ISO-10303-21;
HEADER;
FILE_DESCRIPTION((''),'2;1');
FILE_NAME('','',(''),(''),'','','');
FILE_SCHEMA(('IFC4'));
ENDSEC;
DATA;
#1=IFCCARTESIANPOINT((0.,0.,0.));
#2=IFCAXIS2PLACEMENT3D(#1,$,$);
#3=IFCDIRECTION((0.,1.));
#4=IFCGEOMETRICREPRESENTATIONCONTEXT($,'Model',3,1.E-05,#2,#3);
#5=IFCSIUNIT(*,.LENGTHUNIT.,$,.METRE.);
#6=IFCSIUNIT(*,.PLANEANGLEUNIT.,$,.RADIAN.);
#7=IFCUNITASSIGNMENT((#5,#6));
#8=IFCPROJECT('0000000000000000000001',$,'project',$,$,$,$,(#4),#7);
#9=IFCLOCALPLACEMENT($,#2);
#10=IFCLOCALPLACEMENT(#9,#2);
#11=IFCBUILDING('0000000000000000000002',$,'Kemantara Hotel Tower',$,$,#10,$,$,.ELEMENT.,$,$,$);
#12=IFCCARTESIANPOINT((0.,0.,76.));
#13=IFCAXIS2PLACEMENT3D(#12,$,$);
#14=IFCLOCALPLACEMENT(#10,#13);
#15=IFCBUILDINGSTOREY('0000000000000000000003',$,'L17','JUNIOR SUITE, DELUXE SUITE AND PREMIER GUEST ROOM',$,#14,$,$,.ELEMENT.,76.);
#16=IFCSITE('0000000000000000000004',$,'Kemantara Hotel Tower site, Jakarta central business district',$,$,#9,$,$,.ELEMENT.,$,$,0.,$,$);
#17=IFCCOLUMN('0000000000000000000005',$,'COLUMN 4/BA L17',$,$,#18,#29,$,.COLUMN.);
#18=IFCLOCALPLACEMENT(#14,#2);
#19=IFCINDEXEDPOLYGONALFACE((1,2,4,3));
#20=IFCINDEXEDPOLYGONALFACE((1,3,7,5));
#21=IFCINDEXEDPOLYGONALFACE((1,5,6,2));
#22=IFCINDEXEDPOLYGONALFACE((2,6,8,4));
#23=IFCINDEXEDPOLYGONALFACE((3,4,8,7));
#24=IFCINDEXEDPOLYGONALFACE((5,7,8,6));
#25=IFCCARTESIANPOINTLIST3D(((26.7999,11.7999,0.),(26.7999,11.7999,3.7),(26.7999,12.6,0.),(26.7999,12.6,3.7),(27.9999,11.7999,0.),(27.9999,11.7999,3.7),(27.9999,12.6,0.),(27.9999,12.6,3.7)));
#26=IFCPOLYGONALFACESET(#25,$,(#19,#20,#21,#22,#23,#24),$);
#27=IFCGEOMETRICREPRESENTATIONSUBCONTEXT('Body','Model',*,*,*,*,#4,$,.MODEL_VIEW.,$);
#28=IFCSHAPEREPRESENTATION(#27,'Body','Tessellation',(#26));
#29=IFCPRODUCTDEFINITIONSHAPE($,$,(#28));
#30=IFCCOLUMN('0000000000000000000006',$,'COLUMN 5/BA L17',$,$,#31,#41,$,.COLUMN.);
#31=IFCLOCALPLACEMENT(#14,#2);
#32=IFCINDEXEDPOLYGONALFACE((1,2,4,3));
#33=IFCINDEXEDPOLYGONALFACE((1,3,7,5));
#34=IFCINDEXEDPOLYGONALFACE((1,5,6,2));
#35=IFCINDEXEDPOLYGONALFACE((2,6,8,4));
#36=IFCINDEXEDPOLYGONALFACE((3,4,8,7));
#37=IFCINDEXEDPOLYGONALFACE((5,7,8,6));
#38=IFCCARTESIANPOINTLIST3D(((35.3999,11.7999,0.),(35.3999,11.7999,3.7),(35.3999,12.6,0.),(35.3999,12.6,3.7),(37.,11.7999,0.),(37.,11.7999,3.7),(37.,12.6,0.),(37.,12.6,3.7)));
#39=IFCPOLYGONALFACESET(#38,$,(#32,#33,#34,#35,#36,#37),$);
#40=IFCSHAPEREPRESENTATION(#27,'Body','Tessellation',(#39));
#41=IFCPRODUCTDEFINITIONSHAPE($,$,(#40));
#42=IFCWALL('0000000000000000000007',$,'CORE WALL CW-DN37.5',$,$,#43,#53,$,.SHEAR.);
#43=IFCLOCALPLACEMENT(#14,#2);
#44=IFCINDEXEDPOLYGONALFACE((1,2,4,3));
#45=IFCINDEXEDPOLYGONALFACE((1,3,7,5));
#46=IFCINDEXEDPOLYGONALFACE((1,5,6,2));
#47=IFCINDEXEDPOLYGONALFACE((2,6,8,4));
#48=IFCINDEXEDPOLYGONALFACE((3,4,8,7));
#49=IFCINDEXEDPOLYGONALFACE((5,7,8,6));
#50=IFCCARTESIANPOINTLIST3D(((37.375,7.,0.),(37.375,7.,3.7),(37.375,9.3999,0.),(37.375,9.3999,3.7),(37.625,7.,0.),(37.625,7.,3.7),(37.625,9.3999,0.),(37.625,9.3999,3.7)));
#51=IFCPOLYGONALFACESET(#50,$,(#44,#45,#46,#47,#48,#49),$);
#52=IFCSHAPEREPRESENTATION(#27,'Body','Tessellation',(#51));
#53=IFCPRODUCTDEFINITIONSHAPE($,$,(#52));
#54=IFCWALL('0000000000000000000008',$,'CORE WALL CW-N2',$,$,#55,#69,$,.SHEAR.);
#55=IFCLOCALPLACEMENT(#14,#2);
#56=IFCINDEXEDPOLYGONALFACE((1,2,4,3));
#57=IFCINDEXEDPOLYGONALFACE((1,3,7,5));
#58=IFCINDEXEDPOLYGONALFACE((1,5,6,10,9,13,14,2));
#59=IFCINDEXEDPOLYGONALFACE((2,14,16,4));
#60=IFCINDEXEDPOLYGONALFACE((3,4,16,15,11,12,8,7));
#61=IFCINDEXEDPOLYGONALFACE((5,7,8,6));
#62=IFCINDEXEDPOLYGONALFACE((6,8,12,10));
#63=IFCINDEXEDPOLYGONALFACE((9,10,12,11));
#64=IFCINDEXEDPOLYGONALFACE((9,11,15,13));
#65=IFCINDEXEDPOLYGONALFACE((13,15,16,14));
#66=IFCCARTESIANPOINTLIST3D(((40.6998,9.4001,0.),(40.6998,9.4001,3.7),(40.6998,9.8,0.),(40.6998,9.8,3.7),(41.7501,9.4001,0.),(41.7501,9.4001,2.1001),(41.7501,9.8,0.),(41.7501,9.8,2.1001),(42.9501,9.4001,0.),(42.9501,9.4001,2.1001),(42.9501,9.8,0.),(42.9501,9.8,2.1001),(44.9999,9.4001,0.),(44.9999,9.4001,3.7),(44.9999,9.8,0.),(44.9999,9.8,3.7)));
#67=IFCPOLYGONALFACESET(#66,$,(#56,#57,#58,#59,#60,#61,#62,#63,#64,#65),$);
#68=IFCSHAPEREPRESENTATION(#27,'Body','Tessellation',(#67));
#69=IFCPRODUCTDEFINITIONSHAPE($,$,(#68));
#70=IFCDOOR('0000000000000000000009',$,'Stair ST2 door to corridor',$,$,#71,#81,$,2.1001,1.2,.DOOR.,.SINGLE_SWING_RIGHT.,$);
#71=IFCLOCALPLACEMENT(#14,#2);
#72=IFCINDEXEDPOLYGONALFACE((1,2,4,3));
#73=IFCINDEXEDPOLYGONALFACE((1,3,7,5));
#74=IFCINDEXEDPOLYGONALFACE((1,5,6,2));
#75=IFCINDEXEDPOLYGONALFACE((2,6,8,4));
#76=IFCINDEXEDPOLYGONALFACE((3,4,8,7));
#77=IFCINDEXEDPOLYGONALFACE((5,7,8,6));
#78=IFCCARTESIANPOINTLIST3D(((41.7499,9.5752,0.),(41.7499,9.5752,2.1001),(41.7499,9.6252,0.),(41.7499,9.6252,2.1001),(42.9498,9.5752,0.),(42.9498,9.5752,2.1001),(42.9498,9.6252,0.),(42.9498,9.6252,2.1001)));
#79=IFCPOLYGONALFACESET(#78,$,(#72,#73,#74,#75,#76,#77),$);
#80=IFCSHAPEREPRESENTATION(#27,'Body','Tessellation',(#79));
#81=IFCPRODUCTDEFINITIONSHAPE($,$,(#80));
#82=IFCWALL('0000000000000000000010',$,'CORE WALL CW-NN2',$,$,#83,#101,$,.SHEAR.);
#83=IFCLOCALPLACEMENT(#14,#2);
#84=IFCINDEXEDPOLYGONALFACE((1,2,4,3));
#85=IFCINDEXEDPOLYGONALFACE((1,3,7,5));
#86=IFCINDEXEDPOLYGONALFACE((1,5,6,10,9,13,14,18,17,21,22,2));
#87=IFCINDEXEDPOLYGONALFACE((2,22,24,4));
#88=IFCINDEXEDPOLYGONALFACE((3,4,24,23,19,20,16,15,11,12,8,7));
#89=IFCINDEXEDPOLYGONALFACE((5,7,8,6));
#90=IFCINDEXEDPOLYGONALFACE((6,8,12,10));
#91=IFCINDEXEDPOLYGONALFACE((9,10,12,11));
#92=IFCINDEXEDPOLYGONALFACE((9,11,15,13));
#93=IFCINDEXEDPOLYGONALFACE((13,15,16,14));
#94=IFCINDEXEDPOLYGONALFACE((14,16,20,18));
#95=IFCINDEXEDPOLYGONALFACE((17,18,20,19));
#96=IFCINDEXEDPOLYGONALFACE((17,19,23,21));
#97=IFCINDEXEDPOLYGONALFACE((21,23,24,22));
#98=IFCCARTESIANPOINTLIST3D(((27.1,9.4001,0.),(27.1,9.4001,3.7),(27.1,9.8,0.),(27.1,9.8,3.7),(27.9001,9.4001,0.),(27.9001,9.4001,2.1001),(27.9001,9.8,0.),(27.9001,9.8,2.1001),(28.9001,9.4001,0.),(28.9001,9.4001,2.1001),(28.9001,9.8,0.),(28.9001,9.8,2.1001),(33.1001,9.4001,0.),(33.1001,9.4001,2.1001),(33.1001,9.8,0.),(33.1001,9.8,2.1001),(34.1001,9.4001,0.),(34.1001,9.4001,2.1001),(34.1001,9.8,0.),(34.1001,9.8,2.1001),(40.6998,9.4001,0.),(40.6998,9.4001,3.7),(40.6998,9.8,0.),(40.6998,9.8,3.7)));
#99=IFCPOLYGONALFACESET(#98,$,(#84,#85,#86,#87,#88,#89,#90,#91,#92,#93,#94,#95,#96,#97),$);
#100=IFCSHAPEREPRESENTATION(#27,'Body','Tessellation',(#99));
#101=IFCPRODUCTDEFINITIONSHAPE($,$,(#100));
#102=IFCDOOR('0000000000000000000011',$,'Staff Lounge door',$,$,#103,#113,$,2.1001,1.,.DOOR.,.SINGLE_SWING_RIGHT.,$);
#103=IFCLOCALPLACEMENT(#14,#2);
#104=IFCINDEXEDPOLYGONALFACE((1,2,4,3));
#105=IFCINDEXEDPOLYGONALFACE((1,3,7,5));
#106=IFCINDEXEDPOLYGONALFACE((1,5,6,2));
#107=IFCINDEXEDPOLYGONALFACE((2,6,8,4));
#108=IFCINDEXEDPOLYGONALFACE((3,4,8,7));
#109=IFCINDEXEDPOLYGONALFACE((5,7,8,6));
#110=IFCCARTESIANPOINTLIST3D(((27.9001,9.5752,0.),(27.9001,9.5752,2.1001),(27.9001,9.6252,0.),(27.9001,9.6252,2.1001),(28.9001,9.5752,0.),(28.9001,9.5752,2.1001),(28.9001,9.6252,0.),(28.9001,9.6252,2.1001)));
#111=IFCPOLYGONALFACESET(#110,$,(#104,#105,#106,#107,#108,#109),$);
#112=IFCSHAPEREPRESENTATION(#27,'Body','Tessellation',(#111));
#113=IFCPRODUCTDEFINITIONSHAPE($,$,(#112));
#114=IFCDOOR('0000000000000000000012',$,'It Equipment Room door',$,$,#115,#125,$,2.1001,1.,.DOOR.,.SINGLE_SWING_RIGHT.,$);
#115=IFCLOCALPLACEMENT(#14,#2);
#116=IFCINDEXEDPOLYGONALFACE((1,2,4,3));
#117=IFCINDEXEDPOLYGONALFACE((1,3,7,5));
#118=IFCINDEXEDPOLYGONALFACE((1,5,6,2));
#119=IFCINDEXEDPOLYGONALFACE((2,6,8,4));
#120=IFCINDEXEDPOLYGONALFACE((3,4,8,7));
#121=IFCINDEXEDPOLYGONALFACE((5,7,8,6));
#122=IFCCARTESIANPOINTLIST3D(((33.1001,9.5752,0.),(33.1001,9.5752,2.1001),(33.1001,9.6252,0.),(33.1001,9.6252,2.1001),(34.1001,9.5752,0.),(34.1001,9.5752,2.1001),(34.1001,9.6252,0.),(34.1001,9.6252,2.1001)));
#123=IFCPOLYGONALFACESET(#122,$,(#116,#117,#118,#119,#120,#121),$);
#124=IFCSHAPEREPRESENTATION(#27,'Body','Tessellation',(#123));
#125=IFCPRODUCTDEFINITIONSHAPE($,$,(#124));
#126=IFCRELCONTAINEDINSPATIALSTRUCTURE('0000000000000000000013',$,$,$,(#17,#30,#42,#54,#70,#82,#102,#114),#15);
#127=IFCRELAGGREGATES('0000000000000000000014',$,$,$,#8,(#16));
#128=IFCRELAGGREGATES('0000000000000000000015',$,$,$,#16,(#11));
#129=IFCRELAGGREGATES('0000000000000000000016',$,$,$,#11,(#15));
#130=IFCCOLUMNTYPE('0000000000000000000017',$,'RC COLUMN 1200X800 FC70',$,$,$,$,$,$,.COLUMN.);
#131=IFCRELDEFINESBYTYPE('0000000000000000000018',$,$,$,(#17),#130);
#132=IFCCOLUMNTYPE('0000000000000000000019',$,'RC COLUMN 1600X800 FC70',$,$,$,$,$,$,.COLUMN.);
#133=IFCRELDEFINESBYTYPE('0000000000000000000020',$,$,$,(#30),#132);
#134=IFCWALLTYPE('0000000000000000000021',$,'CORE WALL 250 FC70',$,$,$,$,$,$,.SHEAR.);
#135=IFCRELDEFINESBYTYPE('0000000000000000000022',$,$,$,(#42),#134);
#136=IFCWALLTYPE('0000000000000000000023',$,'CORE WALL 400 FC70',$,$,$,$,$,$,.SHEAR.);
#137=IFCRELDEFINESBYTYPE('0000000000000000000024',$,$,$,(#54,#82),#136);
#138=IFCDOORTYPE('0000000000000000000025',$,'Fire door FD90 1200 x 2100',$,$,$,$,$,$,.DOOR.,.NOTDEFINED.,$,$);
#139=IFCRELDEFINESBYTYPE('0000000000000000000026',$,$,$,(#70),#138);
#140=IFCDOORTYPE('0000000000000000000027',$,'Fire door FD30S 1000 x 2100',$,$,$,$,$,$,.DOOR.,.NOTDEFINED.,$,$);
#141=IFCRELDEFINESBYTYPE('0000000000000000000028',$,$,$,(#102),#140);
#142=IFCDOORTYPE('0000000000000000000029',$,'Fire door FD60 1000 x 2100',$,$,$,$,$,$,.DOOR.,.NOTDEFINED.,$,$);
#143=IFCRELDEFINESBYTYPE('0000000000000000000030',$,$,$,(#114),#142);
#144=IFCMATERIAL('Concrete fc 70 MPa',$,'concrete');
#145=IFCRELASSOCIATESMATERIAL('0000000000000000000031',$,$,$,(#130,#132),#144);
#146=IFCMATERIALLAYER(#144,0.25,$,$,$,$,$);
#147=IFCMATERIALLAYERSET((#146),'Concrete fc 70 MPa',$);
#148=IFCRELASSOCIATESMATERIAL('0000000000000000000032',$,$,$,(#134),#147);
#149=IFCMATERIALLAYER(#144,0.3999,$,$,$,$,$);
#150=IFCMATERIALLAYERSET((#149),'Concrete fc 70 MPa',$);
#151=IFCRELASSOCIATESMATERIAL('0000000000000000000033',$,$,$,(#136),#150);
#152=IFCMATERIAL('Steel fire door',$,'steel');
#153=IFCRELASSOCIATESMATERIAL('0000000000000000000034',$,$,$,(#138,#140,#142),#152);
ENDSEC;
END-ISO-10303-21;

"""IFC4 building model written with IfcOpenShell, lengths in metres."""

from ifc_helpers import new_model, si_unit, direction, frame, frame_2d, origin, origin_2d, place, context, subcontext, project, spatial, rectangle, extrude, material, layer, layer_set, material_profile, profile_set, type_object, element, fill, save


model = new_model("IFC4")

# Units and contexts
model_context = context("Model", 3, precision=1e-05, world=origin(), true_north=direction((0.0, 1.0)))
body_context = subcontext(model_context, "Body", "Model", "MODEL_VIEW")
ifc_project = project(units=[si_unit("LENGTHUNIT", "METRE"), si_unit("PLANEANGLEUNIT", "RADIAN")], contexts=[model_context])

# Site, building, storey
site_placement = place(None, origin())
site = spatial("IfcSite", under=ifc_project, at=site_placement, Name="Kemantara Hotel Tower site, Jakarta central business district", CompositionType="ELEMENT", RefElevation=0.0)
building_placement = place(site_placement, origin())
building = spatial("IfcBuilding", under=site, at=building_placement, Name="Kemantara Hotel Tower", CompositionType="ELEMENT")
storey_placement = place(building_placement, frame((0.0, 0.0, 76.0)))
storey = spatial("IfcBuildingStorey", under=building, at=storey_placement, Name="L17", Description="JUNIOR SUITE, DELUXE SUITE AND PREMIER GUEST ROOM", CompositionType="ELEMENT", Elevation=76.0)

# Columns
ifc_material_1 = material(Name="Concrete fc 70 MPa", Category="concrete")
ifc_material_profile_1 = material_profile(ifc_material_1, rectangle(XDim=1.2, YDim=0.8, at=origin_2d()), Name="RC 1200X800")
ifc_profile_set_1 = profile_set([ifc_material_profile_1], Name="Concrete fc 70 MPa")
column_type_1 = type_object("IfcColumnType", Name="RC COLUMN 1200X800 FC70", PredefinedType="COLUMN", material=ifc_profile_set_1)
column_1_placement = place(storey_placement, frame((27.3999, 12.2, 0.0), z_axis=(0.0, 0.0, 1.0), x_axis=(1.0, 0.0, 0.0)))
element("IfcColumn", 1, at=column_1_placement, inside=storey, type_object=column_type_1, Name="COLUMN 4/BA L17", PredefinedType="COLUMN", context=body_context, shape_type="SweptSolid", body=[
    extrude(rectangle(XDim=1.2, YDim=0.8, at=origin_2d()), origin(), (0.0, 0.0, 1.0), 3.7),
])
ifc_material_profile_2 = material_profile(ifc_material_1, rectangle(XDim=1.6001, YDim=0.8, at=origin_2d()), Name="RC 1600X800")
ifc_profile_set_2 = profile_set([ifc_material_profile_2], Name="Concrete fc 70 MPa")
column_type_2 = type_object("IfcColumnType", Name="RC COLUMN 1600X800 FC70", PredefinedType="COLUMN", material=ifc_profile_set_2)
column_2_placement = place(storey_placement, frame((36.2, 12.2, 0.0), z_axis=(0.0, 0.0, 1.0), x_axis=(1.0, 0.0, 0.0)))
element("IfcColumn", 2, at=column_2_placement, inside=storey, type_object=column_type_2, Name="COLUMN 5/BA L17", PredefinedType="COLUMN", context=body_context, shape_type="SweptSolid", body=[
    extrude(rectangle(XDim=1.6001, YDim=0.8, at=origin_2d()), origin(), (0.0, 0.0, 1.0), 3.7),
])

# Wall
ifc_layer_1 = layer(ifc_material_1, 0.25)
ifc_layer_set_1 = layer_set([ifc_layer_1], Name="Concrete fc 70 MPa")
wall_type_1 = type_object("IfcWallType", Name="CORE WALL 250 FC70", PredefinedType="SHEAR", material=ifc_layer_set_1)
wall_1_placement = place(storey_placement, frame((37.5, 7.0, 0.0), z_axis=(0.0, 0.0, 1.0), x_axis=(0.0, 1.0, 0.0)))
element("IfcWall", 3, at=wall_1_placement, inside=storey, type_object=wall_type_1, Name="CORE WALL CW-DN37.5", PredefinedType="SHEAR", context=body_context, shape_type="SweptSolid", body=[
    extrude(rectangle(XDim=2.3999, YDim=0.25, at=frame_2d((1.2, 0.0))), origin(), (0.0, 0.0, 1.0), 3.7),
])

# Wall, opening, door
ifc_layer_2 = layer(ifc_material_1, 0.3999)
ifc_layer_set_2 = layer_set([ifc_layer_2], Name="Concrete fc 70 MPa")
wall_type_2 = type_object("IfcWallType", Name="CORE WALL 400 FC70", PredefinedType="SHEAR", material=ifc_layer_set_2)
wall_2_placement = place(storey_placement, frame((40.7, 9.6001, 0.0), z_axis=(0.0, 0.0, 1.0), x_axis=(1.0, 0.0, 0.0)))
wall_2 = element("IfcWall", 4, at=wall_2_placement, inside=storey, type_object=wall_type_2, Name="CORE WALL CW-N2", PredefinedType="SHEAR", context=body_context, shape_type="SweptSolid", body=[
    extrude(rectangle(XDim=4.3, YDim=0.3999, at=frame_2d((2.1499, 0.0))), origin(), (0.0, 0.0, 1.0), 3.7),
])
opening_1_placement = place(wall_2_placement, frame((1.05, 0.0, 0.0)))
opening_1 = element("IfcOpeningElement", 5, at=opening_1_placement, cuts=wall_2, PredefinedType="OPENING", context=body_context, shape_type="SweptSolid", body=[
    extrude(rectangle(XDim=1.2, YDim=2.1001, at=frame_2d((0.6001, 1.05))), frame((0.0, 0.21, 0.0), z_axis=(0.0, -1.0, 0.0), x_axis=(1.0, 0.0, 0.0)), (0.0, 0.0, 1.0), 0.4199),
])
ifc_material_2 = material(Name="Steel fire door", Category="steel")
door_type_1 = type_object("IfcDoorType", Name="Fire door FD90 1200 x 2100", OperationType="NOTDEFINED", PredefinedType="DOOR", material=ifc_material_2)
door_1_placement = place(opening_1_placement, frame((1.2, 0.0, 0.0), z_axis=(0.0, 0.0, 1.0), x_axis=(-1.0, 0.0, 0.0)))
door_1 = element("IfcDoor", 6, at=door_1_placement, inside=storey, type_object=door_type_1, Name="Stair ST2 door to corridor", OperationType="SINGLE_SWING_RIGHT", OverallHeight=2.1001, OverallWidth=1.2, PredefinedType="DOOR", context=body_context, shape_type="SweptSolid", body=[
    extrude(rectangle(XDim=1.2, YDim=2.1001, at=frame_2d((0.6001, 1.05))), frame((0.0, 0.0249, 0.0), z_axis=(0.0, -1.0, 0.0), x_axis=(1.0, 0.0, 0.0)), (0.0, 0.0, 1.0), 0.05),
])
fill(opening_1, door_1)

# Wall, openings, doors
wall_3_placement = place(storey_placement, frame((27.1001, 9.6001, 0.0), z_axis=(0.0, 0.0, 1.0), x_axis=(1.0, 0.0, 0.0)))
wall_3 = element("IfcWall", 7, at=wall_3_placement, inside=storey, type_object=wall_type_2, Name="CORE WALL CW-NN2", PredefinedType="SHEAR", context=body_context, shape_type="SweptSolid", body=[
    extrude(rectangle(XDim=13.5999, YDim=0.3999, at=frame_2d((6.7998, 0.0))), origin(), (0.0, 0.0, 1.0), 3.7),
])
opening_2_placement = place(wall_3_placement, frame((0.8, 0.0, 0.0)))
opening_2 = element("IfcOpeningElement", 8, at=opening_2_placement, cuts=wall_3, PredefinedType="OPENING", context=body_context, shape_type="SweptSolid", body=[
    extrude(rectangle(XDim=1.0, YDim=2.1001, at=frame_2d((0.5, 1.05))), frame((0.0, 0.21, 0.0), z_axis=(0.0, -1.0, 0.0), x_axis=(1.0, 0.0, 0.0)), (0.0, 0.0, 1.0), 0.4199),
])
opening_3_placement = place(wall_3_placement, frame((6.0, 0.0, 0.0)))
opening_3 = element("IfcOpeningElement", 9, at=opening_3_placement, cuts=wall_3, PredefinedType="OPENING", context=body_context, shape_type="SweptSolid", body=[
    extrude(rectangle(XDim=1.0, YDim=2.1001, at=frame_2d((0.5, 1.05))), frame((0.0, 0.21, 0.0), z_axis=(0.0, -1.0, 0.0), x_axis=(1.0, 0.0, 0.0)), (0.0, 0.0, 1.0), 0.4199),
])
door_type_2 = type_object("IfcDoorType", Name="Fire door FD30S 1000 x 2100", OperationType="NOTDEFINED", PredefinedType="DOOR", material=ifc_material_2)
door_2_placement = place(opening_2_placement, frame((1.0, 0.0, 0.0), z_axis=(0.0, 0.0, 1.0), x_axis=(-1.0, 0.0, 0.0)))
door_2 = element("IfcDoor", 10, at=door_2_placement, inside=storey, type_object=door_type_2, Name="Staff Lounge door", OperationType="SINGLE_SWING_RIGHT", OverallHeight=2.1001, OverallWidth=1.0, PredefinedType="DOOR", context=body_context, shape_type="SweptSolid", body=[
    extrude(rectangle(XDim=1.0, YDim=2.1001, at=frame_2d((0.5, 1.05))), frame((0.0, 0.0249, 0.0), z_axis=(0.0, -1.0, 0.0), x_axis=(1.0, 0.0, 0.0)), (0.0, 0.0, 1.0), 0.05),
])
fill(opening_2, door_2)
door_type_3 = type_object("IfcDoorType", Name="Fire door FD60 1000 x 2100", OperationType="NOTDEFINED", PredefinedType="DOOR", material=ifc_material_2)
door_3_placement = place(opening_3_placement, frame((1.0, 0.0, 0.0), z_axis=(0.0, 0.0, 1.0), x_axis=(-1.0, 0.0, 0.0)))
door_3 = element("IfcDoor", 11, at=door_3_placement, inside=storey, type_object=door_type_3, Name="It Equipment Room door", OperationType="SINGLE_SWING_RIGHT", OverallHeight=2.1001, OverallWidth=1.0, PredefinedType="DOOR", context=body_context, shape_type="SweptSolid", body=[
    extrude(rectangle(XDim=1.0, YDim=2.1001, at=frame_2d((0.5, 1.05))), frame((0.0, 0.0249, 0.0), z_axis=(0.0, -1.0, 0.0), x_axis=(1.0, 0.0, 0.0)), (0.0, 0.0, 1.0), 0.05),
])
fill(opening_3, door_3)

save(model, "model.ifc")
